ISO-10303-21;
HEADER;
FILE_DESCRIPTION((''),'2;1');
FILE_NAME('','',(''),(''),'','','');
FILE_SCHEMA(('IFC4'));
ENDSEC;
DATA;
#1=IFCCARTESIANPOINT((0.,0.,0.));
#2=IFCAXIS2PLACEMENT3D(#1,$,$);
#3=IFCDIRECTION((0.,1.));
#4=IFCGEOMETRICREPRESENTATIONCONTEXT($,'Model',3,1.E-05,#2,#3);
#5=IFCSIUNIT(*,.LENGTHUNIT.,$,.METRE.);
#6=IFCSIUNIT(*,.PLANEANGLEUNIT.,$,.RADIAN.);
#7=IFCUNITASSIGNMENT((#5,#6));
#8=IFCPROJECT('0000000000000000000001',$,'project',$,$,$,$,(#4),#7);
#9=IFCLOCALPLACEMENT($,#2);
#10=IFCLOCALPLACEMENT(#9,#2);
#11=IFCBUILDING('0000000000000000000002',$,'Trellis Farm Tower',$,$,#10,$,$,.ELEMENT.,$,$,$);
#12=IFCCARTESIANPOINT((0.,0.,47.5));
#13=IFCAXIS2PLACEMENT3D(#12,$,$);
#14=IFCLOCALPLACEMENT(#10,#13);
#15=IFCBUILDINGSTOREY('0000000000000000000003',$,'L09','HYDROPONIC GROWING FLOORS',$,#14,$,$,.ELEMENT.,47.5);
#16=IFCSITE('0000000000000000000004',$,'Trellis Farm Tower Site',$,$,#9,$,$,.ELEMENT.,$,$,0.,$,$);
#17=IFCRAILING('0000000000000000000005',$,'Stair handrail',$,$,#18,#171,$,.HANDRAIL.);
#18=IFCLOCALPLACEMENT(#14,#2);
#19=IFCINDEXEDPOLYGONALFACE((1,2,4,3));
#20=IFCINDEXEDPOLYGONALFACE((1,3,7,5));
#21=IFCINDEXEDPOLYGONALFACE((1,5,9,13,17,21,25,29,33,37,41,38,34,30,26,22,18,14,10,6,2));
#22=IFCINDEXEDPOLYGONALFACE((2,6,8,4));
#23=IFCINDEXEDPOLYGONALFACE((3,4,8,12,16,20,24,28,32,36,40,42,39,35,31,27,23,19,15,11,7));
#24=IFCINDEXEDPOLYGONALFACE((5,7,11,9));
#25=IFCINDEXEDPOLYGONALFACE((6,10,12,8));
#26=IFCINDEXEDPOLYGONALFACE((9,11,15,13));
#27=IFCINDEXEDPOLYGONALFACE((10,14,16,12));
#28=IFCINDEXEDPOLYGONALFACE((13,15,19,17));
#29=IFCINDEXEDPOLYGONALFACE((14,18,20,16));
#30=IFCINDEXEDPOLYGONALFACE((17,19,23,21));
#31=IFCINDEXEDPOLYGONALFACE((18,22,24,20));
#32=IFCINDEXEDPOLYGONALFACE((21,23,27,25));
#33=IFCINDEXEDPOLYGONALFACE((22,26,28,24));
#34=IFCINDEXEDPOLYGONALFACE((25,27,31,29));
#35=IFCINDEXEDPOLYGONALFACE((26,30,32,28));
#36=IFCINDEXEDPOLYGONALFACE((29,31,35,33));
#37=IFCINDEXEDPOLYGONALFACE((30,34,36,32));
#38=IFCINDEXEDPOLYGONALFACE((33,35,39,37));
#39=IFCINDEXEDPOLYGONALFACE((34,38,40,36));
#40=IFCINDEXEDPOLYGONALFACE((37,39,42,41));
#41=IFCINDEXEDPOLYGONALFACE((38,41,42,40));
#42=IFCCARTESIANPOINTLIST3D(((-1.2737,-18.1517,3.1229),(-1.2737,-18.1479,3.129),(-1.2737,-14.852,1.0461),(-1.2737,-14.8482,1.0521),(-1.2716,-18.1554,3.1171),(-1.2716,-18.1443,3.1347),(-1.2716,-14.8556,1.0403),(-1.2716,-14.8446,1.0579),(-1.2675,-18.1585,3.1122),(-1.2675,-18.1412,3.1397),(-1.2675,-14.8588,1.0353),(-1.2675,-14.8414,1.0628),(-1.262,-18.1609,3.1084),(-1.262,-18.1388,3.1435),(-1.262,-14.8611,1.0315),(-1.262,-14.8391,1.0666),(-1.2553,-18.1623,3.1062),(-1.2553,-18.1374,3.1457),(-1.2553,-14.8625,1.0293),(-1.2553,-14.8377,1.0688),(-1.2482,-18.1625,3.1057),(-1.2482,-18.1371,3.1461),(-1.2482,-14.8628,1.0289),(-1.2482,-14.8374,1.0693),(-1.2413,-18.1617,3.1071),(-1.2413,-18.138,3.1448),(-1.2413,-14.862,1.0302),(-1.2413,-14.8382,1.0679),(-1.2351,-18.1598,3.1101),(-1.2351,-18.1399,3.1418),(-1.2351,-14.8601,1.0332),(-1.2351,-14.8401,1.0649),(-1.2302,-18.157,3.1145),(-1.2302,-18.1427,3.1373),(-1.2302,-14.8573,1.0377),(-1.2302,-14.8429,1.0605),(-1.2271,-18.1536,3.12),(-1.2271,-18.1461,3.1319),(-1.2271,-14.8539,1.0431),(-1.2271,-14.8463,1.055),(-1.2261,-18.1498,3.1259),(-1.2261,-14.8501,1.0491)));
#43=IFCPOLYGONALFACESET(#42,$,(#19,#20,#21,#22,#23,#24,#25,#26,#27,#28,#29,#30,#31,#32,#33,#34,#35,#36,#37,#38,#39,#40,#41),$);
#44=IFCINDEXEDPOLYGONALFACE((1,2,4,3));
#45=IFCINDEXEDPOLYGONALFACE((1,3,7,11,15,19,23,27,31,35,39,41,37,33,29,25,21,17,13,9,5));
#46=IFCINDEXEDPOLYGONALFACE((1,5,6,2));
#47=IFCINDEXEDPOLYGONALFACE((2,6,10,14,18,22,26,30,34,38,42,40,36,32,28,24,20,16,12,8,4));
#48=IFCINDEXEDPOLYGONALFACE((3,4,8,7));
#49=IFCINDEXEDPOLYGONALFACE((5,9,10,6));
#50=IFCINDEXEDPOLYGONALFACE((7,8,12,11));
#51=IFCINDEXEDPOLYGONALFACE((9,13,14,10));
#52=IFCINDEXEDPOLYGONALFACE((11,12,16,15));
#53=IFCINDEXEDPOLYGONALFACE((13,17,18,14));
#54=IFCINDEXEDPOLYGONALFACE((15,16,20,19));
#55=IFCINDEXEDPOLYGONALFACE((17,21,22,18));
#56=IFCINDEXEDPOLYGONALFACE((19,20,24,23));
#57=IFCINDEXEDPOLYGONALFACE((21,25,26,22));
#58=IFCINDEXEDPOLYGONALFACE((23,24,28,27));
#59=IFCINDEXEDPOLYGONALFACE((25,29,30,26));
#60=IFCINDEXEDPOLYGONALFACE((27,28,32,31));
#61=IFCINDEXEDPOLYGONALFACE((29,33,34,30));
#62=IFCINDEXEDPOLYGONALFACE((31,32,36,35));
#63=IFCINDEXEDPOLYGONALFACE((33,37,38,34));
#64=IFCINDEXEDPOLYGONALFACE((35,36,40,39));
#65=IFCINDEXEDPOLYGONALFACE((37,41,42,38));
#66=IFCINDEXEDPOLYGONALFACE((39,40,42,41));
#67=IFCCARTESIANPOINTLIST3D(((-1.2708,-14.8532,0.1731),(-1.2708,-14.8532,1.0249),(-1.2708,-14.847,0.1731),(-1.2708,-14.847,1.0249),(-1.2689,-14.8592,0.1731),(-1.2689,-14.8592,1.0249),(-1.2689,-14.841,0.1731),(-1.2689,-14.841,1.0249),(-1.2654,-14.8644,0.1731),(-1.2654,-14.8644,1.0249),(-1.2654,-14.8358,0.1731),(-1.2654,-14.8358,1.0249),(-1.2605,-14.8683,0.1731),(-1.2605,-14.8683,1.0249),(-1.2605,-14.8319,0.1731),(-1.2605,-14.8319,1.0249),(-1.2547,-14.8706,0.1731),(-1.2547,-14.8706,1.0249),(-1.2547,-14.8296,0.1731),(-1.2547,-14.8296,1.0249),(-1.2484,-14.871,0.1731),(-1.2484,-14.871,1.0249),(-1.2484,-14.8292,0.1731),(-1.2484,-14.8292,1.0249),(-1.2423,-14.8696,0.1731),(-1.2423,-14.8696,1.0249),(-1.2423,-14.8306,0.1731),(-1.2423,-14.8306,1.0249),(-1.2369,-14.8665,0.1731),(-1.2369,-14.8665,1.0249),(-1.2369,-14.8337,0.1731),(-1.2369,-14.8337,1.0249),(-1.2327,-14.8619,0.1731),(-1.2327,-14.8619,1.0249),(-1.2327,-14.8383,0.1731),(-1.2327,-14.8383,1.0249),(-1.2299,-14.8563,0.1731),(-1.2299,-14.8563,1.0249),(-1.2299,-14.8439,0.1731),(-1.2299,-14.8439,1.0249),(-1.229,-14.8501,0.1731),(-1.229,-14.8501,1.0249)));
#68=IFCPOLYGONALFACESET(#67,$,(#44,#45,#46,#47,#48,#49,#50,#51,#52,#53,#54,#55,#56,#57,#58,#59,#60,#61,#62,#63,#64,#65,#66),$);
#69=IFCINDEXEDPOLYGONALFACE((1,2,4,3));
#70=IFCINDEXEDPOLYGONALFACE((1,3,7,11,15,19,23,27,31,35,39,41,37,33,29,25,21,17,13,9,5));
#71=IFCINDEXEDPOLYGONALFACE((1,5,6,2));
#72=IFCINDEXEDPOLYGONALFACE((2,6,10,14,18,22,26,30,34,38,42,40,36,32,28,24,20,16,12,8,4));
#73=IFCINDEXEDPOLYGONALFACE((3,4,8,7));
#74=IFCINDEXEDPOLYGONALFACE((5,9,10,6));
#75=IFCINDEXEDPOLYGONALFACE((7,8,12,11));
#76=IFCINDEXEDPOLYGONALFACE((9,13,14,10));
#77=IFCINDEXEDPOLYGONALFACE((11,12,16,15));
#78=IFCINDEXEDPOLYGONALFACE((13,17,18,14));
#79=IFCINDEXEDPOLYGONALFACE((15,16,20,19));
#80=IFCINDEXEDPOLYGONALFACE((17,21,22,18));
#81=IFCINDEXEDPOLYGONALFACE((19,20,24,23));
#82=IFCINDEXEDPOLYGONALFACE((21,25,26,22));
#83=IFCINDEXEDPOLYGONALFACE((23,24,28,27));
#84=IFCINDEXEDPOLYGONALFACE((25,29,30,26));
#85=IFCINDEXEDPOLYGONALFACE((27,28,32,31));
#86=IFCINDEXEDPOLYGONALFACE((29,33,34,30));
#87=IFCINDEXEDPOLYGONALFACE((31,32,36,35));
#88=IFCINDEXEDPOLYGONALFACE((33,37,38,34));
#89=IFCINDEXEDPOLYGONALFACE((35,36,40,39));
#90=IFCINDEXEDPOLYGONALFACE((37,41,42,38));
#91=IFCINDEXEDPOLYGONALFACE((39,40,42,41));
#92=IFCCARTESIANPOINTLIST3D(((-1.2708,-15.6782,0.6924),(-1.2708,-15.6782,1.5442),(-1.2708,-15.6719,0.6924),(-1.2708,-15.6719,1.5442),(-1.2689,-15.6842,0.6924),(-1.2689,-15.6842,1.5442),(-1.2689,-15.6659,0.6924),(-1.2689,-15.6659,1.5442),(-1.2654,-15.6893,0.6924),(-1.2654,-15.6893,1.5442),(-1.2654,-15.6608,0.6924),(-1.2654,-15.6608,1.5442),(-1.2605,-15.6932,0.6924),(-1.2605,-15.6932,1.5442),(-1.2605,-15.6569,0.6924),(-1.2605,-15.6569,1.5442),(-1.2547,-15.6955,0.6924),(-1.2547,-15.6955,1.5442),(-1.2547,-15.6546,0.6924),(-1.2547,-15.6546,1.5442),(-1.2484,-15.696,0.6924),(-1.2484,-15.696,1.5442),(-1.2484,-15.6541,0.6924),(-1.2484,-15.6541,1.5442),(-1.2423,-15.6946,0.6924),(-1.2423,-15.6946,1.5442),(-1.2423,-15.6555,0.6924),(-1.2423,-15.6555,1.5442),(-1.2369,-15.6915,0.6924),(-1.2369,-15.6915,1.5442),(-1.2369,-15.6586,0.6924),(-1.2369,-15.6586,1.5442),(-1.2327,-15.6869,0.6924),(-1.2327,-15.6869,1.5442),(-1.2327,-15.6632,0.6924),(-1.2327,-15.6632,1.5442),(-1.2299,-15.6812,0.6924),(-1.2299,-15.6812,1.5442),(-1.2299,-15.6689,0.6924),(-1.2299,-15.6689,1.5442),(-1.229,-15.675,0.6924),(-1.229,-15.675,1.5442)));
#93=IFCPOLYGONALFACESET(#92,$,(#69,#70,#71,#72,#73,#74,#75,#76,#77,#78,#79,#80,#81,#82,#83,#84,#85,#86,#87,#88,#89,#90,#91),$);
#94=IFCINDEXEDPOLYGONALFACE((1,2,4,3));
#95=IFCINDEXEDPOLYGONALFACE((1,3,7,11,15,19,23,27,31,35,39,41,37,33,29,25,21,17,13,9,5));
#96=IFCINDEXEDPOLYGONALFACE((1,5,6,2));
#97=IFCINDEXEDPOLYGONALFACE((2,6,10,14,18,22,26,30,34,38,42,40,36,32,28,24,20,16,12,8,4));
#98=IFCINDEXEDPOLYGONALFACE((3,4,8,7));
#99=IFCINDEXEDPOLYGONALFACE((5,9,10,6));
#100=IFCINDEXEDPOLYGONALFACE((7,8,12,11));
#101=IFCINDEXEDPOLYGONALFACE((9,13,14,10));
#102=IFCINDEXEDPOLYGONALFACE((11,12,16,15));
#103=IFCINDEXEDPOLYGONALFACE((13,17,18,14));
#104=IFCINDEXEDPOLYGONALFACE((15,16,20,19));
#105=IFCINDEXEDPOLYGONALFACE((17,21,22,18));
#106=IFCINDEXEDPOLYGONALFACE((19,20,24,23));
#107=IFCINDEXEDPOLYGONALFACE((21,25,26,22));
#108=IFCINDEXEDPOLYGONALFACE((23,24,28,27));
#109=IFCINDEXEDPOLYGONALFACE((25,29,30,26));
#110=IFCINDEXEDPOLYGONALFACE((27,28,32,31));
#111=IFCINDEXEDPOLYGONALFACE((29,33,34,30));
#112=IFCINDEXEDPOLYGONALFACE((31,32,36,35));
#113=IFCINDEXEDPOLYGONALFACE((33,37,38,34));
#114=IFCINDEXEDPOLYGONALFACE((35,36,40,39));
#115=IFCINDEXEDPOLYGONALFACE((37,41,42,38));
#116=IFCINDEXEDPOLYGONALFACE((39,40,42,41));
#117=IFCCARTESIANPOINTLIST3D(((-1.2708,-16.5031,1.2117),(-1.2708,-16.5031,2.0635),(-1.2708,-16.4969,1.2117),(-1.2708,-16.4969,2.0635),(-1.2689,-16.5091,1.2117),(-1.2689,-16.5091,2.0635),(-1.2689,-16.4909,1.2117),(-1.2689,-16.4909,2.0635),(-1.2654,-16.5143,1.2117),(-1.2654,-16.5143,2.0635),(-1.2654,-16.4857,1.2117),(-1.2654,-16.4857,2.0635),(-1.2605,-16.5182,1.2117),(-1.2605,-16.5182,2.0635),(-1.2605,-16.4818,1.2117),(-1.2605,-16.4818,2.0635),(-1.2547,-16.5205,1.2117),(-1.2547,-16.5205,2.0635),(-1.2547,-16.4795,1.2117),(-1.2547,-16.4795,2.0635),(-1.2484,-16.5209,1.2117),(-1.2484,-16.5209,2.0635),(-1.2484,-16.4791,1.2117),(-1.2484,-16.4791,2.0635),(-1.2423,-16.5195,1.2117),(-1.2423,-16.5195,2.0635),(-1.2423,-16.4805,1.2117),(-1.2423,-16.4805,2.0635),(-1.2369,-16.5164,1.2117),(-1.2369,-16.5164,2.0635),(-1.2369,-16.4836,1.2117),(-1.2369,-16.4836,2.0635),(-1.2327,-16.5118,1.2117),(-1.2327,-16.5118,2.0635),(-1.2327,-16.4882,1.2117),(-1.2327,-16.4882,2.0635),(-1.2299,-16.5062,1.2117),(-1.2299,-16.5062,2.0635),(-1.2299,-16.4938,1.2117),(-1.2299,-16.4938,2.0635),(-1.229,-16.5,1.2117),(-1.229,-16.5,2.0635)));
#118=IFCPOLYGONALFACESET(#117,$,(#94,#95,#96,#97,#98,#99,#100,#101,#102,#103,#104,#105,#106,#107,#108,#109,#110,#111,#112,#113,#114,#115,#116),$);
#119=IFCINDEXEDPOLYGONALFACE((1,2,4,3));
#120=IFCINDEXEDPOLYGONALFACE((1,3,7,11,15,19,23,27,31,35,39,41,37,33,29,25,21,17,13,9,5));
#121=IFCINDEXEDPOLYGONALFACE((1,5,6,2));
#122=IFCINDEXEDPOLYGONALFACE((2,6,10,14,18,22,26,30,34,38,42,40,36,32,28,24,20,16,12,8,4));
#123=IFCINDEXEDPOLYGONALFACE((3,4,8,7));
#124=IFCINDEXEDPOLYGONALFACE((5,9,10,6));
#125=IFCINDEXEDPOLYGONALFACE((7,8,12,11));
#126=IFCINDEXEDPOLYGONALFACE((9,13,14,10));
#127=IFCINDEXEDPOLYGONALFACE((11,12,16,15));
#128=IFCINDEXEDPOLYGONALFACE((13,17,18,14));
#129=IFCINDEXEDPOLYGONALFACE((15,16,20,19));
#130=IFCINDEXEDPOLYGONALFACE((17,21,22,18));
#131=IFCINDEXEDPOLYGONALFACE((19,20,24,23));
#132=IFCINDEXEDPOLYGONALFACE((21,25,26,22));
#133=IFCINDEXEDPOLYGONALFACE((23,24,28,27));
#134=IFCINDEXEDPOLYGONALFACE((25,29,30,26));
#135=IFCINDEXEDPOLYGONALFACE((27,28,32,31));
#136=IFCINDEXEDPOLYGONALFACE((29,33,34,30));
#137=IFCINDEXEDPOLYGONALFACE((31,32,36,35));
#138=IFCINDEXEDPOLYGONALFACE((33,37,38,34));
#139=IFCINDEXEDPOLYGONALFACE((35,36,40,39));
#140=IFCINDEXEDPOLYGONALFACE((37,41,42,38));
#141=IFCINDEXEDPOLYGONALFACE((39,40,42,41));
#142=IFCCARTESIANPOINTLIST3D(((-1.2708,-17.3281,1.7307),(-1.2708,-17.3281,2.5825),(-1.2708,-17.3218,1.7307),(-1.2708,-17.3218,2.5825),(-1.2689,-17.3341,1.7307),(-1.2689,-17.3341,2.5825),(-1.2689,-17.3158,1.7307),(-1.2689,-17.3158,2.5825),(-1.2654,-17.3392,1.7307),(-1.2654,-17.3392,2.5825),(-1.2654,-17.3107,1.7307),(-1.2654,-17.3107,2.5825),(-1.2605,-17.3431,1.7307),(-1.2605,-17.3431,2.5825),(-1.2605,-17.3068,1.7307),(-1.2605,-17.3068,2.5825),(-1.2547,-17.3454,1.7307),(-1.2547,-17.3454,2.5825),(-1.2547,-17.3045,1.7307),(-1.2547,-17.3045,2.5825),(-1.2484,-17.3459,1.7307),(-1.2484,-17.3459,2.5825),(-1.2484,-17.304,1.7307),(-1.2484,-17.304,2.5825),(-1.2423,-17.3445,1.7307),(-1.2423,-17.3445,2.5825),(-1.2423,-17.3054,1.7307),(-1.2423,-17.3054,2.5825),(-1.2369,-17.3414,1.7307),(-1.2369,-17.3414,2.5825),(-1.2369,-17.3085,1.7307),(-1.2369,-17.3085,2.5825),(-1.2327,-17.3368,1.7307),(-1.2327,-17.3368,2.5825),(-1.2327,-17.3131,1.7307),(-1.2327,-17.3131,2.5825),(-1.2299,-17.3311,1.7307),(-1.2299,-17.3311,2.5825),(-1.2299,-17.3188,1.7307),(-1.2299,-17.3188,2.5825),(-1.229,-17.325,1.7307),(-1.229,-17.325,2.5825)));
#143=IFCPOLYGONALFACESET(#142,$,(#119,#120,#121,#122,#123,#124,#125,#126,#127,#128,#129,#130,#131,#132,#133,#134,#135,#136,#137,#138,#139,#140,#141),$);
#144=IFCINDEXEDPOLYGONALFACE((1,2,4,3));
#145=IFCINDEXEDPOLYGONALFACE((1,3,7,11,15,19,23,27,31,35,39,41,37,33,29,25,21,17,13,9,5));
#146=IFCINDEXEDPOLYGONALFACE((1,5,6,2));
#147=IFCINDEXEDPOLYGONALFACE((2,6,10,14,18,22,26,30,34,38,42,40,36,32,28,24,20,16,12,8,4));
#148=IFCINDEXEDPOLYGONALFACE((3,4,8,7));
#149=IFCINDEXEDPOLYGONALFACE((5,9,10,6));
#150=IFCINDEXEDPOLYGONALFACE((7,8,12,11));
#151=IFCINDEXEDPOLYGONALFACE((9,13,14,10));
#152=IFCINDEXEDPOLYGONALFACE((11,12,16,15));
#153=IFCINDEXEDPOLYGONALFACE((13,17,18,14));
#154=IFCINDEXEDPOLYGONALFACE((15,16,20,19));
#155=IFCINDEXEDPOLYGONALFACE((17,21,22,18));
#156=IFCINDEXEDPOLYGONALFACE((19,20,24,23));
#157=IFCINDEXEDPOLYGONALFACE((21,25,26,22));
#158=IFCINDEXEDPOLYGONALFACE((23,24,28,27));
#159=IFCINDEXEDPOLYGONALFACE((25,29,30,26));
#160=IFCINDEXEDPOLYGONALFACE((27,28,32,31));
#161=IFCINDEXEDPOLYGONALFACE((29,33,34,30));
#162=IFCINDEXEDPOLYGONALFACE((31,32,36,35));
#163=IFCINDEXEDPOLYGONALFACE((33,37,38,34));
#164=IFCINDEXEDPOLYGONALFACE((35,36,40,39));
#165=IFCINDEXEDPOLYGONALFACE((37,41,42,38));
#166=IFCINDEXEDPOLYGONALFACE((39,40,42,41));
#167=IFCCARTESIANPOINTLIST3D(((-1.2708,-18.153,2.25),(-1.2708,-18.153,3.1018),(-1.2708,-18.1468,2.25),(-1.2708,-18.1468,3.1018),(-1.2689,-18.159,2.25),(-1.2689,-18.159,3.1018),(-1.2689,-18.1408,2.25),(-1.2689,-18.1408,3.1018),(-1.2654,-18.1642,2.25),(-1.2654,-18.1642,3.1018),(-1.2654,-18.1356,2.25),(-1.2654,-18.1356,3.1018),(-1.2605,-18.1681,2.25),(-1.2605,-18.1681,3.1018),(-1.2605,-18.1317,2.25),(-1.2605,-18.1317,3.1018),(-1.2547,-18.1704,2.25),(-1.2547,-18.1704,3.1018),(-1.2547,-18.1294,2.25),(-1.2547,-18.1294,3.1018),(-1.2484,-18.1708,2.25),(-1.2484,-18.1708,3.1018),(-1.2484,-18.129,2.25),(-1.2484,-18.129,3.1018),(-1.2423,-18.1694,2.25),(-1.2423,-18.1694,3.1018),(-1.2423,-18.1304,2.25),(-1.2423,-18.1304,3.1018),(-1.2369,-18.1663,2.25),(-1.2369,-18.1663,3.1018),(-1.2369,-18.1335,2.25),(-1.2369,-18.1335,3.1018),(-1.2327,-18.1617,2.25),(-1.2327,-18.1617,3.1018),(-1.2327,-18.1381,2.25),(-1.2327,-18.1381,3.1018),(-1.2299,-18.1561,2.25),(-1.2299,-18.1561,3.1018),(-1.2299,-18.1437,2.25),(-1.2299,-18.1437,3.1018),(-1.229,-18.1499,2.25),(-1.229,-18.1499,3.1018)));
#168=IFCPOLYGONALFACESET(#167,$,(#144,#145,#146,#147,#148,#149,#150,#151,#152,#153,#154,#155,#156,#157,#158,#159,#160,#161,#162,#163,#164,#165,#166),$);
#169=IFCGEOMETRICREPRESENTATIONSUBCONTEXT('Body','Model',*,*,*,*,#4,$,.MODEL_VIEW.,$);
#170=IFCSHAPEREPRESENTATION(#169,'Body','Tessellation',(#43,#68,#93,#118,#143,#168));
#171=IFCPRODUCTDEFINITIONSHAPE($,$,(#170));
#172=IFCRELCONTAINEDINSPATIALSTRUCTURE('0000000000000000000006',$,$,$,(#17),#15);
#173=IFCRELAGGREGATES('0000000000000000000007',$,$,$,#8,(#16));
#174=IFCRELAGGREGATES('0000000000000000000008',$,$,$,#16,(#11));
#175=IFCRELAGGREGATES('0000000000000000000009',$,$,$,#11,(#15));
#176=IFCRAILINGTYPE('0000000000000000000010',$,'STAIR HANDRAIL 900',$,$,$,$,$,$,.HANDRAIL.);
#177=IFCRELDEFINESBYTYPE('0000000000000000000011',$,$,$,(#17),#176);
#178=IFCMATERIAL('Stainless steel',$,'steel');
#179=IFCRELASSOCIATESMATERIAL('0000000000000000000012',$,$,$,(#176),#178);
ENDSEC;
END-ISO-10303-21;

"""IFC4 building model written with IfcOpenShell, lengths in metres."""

from ifc_helpers import new_model, si_unit, direction, frame, origin, origin_2d, place, context, subcontext, project, spatial, circle, extrude, source, transform, mapped, material, type_object, element, save


model = new_model("IFC4")

# Units and contexts
model_context = context("Model", 3, precision=1e-05, world=origin(), true_north=direction((0.0, 1.0)))
body_context = subcontext(model_context, "Body", "Model", "MODEL_VIEW")
ifc_project = project(units=[si_unit("LENGTHUNIT", "METRE"), si_unit("PLANEANGLEUNIT", "RADIAN")], contexts=[model_context])

# Site, building, storey
site_placement = place(None, origin())
site = spatial("IfcSite", under=ifc_project, at=site_placement, Name="Trellis Farm Tower Site", CompositionType="ELEMENT", RefElevation=0.0)
building_placement = place(site_placement, origin())
building = spatial("IfcBuilding", under=site, at=building_placement, Name="Trellis Farm Tower", CompositionType="ELEMENT")
storey_placement = place(building_placement, frame((0.0, 0.0, 47.5)))
storey = spatial("IfcBuildingStorey", under=building, at=storey_placement, Name="L09", Description="HYDROPONIC GROWING FLOORS", CompositionType="ELEMENT", Elevation=47.5)

# Railing
ifc_material_1 = material(Name="Stainless steel", Category="steel")
railing_type = type_object("IfcRailingType", Name="STAIR HANDRAIL 900", PredefinedType="HANDRAIL", material=ifc_material_1)
shared_shape_1 = source(origin(), body_context, "Body", "SweptSolid", [
    extrude(circle(Radius=0.0239, at=origin_2d()), frame((0.0, 0.0, 0.876), z_axis=(0.0, -0.84632, 0.532675), x_axis=(1.0, 0.0, 0.0)), (0.0, 0.0, 1.0), 3.8989),
    extrude(circle(Radius=0.021, at=origin_2d()), origin(), (0.0, 0.0, 1.0), 0.8518),
    extrude(circle(Radius=0.021, at=origin_2d()), frame((0.0, -0.825, 0.5193)), (0.0, 0.0, 1.0), 0.8518),
    extrude(circle(Radius=0.021, at=origin_2d()), frame((0.0, -1.6499, 1.0386)), (0.0, 0.0, 1.0), 0.8518),
    extrude(circle(Radius=0.021, at=origin_2d()), frame((0.0, -2.4749, 1.5576)), (0.0, 0.0, 1.0), 0.8518),
    extrude(circle(Radius=0.021, at=origin_2d()), frame((0.0, -3.2998, 2.0769)), (0.0, 0.0, 1.0), 0.8518),
])
railing_placement = place(storey_placement, frame((-1.25, -14.8501, 0.1731)))
element("IfcRailing", 1, at=railing_placement, inside=storey, type_object=railing_type, Name="Stair handrail", PredefinedType="HANDRAIL", context=body_context, shape_type="MappedRepresentation", body=[
    mapped(shared_shape_1, transform((0.0, 0.0, 0.0))),
])

save(model, "model.ifc")
